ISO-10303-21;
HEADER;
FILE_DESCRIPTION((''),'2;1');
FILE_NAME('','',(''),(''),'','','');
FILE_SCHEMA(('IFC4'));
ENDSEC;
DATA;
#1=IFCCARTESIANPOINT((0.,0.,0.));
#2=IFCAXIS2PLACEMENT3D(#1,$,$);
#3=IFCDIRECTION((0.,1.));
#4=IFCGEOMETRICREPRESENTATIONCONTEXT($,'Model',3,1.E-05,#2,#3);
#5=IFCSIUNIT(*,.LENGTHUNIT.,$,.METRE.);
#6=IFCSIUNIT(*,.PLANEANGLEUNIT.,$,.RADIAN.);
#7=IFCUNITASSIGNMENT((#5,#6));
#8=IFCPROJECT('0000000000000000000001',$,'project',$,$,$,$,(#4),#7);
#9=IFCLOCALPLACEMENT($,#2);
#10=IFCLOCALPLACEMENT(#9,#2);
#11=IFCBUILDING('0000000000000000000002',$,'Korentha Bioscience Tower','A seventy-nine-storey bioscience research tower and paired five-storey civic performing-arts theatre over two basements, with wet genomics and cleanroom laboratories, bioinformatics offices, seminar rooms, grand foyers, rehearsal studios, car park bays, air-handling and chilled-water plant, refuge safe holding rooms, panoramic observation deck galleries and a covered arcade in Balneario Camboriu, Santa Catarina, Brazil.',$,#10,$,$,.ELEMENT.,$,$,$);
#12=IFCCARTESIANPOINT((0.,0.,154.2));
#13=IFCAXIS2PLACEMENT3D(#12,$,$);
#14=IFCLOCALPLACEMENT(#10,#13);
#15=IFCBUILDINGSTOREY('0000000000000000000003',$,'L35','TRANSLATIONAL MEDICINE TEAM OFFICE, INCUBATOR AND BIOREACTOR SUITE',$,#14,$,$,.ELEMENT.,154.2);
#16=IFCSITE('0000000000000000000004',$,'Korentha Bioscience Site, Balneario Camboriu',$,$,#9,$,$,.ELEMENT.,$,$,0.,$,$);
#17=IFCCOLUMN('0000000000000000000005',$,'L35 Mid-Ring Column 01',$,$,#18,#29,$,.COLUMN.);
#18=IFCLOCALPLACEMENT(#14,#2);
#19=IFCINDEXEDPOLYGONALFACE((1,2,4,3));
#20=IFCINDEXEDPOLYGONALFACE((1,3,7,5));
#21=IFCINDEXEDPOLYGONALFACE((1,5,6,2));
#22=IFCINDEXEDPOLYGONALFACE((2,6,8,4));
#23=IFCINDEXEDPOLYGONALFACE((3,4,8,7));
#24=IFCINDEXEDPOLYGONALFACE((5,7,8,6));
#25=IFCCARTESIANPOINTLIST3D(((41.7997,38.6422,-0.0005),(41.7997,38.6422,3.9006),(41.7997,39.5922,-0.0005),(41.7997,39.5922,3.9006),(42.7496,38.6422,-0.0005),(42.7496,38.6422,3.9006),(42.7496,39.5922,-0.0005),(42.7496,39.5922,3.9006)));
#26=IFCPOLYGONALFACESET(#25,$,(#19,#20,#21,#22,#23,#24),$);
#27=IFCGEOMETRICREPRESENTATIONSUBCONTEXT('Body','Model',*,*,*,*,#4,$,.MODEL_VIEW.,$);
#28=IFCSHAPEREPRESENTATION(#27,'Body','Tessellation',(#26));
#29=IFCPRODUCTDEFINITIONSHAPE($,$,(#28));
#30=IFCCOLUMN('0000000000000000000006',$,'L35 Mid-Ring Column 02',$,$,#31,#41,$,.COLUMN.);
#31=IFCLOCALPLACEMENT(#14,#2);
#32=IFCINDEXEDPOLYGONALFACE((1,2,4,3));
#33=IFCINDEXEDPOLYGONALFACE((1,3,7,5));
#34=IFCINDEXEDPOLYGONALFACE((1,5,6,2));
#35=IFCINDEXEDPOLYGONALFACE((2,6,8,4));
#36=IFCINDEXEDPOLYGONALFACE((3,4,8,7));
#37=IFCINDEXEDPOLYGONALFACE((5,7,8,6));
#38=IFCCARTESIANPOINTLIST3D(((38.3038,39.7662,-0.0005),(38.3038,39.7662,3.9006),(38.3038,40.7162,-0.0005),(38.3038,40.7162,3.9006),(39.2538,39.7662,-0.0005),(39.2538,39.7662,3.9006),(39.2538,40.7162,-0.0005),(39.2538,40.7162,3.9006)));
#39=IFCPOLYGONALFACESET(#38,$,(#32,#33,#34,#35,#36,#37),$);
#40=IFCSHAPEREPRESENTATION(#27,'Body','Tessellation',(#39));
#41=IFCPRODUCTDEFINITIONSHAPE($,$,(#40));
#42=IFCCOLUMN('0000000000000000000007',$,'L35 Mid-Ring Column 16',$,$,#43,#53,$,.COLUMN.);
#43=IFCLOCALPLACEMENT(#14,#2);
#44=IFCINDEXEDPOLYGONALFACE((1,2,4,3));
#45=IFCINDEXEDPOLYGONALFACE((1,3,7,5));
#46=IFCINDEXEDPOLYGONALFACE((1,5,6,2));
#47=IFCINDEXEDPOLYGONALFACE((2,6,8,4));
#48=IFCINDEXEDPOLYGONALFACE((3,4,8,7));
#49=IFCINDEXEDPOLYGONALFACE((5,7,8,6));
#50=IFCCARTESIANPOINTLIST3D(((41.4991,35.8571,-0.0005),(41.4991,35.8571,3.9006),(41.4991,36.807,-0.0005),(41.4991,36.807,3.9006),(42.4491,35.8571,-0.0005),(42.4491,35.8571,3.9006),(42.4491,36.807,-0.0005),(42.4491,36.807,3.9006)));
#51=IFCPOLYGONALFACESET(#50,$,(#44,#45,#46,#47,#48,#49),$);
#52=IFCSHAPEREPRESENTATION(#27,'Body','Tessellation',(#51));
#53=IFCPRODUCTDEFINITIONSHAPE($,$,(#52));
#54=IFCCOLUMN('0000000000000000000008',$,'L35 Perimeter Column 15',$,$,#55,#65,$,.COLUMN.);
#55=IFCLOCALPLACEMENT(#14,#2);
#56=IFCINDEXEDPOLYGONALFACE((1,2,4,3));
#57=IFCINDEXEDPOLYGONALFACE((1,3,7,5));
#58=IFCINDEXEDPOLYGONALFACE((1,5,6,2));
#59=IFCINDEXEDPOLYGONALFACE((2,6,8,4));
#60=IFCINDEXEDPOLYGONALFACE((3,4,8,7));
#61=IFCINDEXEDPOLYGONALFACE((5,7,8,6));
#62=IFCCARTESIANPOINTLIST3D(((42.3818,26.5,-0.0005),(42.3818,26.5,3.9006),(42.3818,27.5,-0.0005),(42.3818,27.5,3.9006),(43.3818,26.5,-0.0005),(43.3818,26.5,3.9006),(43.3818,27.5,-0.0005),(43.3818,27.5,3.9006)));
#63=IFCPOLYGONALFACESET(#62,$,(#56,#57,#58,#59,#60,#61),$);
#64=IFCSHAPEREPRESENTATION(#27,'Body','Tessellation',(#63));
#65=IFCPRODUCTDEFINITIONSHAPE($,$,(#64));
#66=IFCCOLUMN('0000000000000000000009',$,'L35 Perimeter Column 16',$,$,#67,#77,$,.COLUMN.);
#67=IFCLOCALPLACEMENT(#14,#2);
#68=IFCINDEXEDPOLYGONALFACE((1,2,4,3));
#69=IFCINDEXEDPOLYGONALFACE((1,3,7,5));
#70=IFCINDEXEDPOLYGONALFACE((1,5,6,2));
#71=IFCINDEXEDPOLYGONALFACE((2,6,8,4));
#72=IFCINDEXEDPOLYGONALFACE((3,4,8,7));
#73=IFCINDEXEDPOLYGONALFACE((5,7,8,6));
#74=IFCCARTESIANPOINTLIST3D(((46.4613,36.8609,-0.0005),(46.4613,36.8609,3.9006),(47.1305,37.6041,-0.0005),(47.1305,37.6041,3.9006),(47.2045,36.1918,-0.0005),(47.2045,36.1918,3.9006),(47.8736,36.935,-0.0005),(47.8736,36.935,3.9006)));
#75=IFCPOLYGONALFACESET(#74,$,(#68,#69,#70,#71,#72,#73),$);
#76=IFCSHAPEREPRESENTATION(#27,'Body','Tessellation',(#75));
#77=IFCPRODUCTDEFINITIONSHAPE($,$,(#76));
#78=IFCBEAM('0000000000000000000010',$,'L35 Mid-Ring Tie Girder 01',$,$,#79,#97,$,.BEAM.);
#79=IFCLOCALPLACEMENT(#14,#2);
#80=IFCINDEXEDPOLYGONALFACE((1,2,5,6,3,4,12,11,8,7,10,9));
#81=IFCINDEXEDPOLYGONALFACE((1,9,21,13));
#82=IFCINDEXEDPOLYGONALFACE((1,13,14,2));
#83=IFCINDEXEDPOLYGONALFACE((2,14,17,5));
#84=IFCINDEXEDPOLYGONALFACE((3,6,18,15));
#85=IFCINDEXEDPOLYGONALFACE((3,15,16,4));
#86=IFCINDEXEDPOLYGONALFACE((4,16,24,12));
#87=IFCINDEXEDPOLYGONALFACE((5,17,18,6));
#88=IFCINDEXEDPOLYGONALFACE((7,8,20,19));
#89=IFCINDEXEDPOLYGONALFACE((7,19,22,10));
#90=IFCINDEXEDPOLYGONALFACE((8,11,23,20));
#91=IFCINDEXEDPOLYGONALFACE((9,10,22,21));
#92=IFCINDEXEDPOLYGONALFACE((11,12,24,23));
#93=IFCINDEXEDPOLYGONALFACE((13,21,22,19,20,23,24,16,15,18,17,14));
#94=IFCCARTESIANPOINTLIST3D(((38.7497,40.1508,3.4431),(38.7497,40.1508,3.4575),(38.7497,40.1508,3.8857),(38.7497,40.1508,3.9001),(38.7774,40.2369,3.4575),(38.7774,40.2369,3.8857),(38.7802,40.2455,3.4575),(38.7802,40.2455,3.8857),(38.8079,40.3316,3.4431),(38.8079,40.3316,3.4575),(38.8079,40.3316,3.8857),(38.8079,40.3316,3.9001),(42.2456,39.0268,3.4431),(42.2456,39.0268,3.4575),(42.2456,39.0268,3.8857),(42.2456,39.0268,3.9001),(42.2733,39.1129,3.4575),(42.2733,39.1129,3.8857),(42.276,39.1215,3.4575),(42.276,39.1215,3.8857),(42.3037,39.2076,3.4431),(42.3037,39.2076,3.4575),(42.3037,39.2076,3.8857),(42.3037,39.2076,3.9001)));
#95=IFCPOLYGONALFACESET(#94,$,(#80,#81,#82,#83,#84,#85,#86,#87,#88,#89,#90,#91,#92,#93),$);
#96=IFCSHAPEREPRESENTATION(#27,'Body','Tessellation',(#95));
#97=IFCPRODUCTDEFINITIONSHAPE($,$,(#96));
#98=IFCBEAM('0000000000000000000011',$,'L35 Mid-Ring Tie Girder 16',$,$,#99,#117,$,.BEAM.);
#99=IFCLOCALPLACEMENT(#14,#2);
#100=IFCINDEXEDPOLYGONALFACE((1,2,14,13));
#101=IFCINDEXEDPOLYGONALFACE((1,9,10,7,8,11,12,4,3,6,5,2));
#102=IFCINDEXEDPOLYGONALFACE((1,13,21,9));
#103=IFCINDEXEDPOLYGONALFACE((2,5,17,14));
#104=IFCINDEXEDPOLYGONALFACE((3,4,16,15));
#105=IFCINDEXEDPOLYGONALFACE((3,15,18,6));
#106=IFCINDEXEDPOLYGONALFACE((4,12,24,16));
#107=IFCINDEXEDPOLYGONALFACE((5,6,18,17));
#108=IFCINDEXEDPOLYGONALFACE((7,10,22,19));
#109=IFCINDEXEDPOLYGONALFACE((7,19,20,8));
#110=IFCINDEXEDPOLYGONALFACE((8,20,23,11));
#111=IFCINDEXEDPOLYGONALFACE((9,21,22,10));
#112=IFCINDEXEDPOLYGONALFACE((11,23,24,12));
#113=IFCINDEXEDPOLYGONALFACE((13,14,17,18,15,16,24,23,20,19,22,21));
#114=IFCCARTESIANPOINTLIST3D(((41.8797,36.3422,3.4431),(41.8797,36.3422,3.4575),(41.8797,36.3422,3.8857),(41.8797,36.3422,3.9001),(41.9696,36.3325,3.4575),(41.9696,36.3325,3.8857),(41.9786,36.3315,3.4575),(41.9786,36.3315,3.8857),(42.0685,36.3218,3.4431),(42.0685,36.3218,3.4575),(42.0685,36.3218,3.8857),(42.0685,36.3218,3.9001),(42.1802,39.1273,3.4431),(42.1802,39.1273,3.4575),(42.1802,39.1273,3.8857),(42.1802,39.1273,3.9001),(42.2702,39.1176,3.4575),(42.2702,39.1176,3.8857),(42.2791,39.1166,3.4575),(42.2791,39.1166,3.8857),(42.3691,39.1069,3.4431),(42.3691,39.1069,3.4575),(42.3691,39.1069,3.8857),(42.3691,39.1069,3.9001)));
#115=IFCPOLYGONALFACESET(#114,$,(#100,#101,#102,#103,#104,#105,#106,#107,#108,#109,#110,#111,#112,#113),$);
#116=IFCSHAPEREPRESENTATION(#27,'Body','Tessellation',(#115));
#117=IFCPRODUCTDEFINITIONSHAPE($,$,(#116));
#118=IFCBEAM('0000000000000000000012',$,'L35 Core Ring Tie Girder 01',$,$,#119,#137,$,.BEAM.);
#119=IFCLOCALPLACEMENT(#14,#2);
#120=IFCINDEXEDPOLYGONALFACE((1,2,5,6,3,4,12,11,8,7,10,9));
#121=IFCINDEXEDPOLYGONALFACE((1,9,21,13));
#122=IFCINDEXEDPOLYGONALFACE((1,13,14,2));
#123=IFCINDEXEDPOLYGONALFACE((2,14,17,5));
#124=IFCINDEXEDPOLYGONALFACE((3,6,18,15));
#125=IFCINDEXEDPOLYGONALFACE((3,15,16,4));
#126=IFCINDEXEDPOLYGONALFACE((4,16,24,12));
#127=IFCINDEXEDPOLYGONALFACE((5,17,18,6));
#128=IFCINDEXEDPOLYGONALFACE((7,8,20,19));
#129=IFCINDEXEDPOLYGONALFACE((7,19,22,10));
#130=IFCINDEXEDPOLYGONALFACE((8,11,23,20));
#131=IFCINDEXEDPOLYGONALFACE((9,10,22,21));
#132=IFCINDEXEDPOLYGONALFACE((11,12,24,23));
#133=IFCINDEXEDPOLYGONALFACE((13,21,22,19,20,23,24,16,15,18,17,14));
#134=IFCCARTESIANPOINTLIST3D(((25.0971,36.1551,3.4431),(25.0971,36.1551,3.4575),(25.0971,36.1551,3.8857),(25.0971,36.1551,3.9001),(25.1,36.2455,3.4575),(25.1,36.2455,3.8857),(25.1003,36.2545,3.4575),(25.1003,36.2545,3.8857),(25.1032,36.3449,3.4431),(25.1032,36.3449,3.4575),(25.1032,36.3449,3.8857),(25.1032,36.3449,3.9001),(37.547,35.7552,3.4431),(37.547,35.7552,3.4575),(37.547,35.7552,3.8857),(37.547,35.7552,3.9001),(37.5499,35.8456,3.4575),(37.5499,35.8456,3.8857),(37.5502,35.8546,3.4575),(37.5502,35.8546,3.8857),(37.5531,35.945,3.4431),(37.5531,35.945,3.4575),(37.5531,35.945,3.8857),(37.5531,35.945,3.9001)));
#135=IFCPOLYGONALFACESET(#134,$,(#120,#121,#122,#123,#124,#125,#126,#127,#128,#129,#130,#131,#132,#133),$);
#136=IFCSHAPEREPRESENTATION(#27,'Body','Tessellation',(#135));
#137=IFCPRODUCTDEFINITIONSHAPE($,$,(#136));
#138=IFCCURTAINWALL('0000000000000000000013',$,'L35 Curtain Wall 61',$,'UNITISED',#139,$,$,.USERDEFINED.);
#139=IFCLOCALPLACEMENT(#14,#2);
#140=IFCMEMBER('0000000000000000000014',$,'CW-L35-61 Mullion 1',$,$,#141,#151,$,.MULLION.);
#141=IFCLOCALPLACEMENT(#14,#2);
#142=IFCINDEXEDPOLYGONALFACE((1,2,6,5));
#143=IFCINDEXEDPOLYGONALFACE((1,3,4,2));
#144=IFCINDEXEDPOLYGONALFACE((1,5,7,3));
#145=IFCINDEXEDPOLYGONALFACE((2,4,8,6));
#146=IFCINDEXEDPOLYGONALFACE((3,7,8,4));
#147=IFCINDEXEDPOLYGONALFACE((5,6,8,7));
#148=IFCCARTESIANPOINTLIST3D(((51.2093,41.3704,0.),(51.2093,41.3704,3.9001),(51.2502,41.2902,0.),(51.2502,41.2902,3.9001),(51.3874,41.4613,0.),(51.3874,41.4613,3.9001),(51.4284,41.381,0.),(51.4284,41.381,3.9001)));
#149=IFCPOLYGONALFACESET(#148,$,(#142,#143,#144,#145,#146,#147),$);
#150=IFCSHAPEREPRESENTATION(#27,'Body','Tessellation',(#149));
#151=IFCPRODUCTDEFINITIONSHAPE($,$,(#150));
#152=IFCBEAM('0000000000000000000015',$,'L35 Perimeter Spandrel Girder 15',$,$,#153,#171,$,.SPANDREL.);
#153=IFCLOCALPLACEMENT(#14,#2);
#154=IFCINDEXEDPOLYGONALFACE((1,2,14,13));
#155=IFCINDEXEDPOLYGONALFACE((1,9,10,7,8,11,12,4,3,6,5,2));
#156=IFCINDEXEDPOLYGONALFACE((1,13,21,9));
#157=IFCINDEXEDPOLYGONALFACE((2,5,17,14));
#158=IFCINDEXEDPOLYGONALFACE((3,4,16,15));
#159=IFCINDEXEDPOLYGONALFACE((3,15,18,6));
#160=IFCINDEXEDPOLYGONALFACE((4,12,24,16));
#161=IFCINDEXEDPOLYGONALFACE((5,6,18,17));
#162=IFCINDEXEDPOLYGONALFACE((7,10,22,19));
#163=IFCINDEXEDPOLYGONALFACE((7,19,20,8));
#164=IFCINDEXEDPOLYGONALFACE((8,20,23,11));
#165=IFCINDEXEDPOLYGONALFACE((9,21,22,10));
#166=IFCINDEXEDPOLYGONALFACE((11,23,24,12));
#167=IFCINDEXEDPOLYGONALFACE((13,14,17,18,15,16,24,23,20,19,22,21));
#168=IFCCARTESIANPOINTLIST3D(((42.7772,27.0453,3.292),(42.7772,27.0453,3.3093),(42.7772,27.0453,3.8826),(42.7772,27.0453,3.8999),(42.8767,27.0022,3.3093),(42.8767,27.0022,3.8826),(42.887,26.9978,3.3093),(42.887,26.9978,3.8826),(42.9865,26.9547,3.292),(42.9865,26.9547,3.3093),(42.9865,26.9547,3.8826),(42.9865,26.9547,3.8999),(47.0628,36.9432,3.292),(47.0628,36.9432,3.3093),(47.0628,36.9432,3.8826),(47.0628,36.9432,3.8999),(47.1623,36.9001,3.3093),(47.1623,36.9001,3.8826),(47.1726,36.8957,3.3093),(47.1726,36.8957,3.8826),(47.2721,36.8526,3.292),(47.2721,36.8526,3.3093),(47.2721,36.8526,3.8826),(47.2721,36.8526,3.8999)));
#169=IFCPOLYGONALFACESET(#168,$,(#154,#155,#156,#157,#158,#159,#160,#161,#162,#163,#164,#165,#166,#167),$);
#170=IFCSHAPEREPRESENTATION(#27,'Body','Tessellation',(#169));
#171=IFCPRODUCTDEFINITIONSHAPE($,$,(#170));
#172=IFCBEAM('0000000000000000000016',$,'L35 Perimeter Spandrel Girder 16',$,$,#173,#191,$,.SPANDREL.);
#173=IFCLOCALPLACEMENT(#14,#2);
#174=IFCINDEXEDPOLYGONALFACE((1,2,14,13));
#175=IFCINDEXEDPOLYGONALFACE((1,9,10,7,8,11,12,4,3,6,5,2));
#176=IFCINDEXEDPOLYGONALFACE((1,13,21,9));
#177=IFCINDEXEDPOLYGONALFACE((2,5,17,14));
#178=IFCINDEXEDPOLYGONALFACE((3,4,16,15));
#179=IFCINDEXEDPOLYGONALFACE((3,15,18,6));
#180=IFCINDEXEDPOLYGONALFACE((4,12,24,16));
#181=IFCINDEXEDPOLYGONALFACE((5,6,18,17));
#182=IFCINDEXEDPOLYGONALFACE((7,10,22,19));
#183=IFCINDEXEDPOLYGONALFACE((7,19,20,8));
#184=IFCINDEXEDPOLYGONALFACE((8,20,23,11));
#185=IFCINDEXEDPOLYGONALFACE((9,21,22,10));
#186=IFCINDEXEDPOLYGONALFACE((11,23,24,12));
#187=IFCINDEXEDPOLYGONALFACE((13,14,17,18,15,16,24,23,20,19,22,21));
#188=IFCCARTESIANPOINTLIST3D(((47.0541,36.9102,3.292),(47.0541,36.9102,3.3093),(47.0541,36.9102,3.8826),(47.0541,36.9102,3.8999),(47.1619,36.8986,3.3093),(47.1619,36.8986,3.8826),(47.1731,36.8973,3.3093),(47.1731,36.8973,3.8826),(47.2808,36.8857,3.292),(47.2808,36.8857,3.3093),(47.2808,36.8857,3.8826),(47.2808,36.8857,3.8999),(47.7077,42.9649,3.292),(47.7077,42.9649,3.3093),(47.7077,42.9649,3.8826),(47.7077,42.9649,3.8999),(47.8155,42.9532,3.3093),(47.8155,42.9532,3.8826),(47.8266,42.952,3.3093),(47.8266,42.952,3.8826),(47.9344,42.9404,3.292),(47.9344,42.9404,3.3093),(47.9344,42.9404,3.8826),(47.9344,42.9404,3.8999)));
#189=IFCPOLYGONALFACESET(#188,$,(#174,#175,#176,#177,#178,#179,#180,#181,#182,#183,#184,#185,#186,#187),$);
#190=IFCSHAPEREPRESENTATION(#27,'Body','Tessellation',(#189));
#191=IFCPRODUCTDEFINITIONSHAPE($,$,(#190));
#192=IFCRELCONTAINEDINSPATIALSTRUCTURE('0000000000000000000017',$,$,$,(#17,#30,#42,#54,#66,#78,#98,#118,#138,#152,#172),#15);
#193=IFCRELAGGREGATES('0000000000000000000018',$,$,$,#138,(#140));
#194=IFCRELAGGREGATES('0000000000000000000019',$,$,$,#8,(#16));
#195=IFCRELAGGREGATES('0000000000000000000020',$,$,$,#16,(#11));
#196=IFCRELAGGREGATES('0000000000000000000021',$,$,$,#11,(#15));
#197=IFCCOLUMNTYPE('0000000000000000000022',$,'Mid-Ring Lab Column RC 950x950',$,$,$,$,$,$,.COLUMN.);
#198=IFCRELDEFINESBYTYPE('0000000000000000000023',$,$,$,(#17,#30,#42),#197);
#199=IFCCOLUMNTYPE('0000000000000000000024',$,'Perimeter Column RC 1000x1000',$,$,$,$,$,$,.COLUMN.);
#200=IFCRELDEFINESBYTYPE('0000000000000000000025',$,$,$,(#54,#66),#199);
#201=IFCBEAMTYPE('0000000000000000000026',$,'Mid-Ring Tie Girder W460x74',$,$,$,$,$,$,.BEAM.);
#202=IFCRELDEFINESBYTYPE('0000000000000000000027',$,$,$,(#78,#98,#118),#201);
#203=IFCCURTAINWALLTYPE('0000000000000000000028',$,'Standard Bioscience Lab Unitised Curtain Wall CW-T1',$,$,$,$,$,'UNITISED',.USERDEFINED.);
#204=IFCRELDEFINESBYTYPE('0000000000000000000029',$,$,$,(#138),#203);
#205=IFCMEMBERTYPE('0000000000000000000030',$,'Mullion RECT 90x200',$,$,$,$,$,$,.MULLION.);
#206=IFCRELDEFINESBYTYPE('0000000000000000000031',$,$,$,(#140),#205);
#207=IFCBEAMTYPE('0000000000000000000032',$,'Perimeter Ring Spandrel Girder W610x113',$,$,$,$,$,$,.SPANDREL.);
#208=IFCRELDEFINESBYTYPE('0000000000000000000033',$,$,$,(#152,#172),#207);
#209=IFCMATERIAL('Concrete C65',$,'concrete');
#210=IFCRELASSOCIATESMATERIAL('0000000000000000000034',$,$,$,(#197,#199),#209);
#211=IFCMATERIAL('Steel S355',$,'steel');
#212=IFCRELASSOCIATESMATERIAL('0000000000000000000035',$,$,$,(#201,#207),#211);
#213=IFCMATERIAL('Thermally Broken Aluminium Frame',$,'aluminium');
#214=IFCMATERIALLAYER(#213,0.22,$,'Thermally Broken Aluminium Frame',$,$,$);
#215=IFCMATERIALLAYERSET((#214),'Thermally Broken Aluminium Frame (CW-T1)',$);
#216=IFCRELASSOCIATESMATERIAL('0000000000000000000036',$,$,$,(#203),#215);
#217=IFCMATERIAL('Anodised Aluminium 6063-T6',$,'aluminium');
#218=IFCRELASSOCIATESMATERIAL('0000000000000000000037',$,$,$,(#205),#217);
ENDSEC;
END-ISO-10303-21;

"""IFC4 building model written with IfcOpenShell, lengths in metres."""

from ifc_helpers import new_model, si_unit, direction, frame, origin, origin_2d, place, context, subcontext, project, spatial, rectangle, i_section, extrude, material, layer, layer_set, material_profile, profile_set, type_object, element, aggregate, save


model = new_model("IFC4")

# Units and contexts
model_context = context("Model", 3, precision=1e-05, world=origin(), true_north=direction((0.0, 1.0)))
body_context = subcontext(model_context, "Body", "Model", "MODEL_VIEW")
ifc_project = project(units=[si_unit("LENGTHUNIT", "METRE"), si_unit("PLANEANGLEUNIT", "RADIAN")], contexts=[model_context])

# Site, building, storey
site_placement = place(None, origin())
site = spatial("IfcSite", under=ifc_project, at=site_placement, Name="Korentha Bioscience Site, Balneario Camboriu", CompositionType="ELEMENT", RefElevation=0.0)
building_placement = place(site_placement, origin())
building = spatial("IfcBuilding", under=site, at=building_placement, Name="Korentha Bioscience Tower", Description="A seventy-nine-storey bioscience research tower and paired five-storey civic performing-arts theatre over two basements, with wet genomics and cleanroom laboratories, bioinformatics offices, seminar rooms, grand foyers, rehearsal studios, car park bays, air-handling and chilled-water plant, refuge safe holding rooms, panoramic observation deck galleries and a covered arcade in Balneario Camboriu, Santa Catarina, Brazil.", CompositionType="ELEMENT")
storey_placement = place(building_placement, frame((0.0, 0.0, 154.2)))
storey = spatial("IfcBuildingStorey", under=building, at=storey_placement, Name="L35", Description="TRANSLATIONAL MEDICINE TEAM OFFICE, INCUBATOR AND BIOREACTOR SUITE", CompositionType="ELEMENT", Elevation=154.2)

# Columns
ifc_material_1 = material(Name="Concrete C65", Category="concrete")
ifc_material_profile_1 = material_profile(ifc_material_1, rectangle(XDim=0.95, YDim=0.95, at=origin_2d()), Name="Concrete C65")
ifc_profile_set_1 = profile_set([ifc_material_profile_1], Name="Concrete C65 (COL-MR09)")
column_type_1 = type_object("IfcColumnType", Name="Mid-Ring Lab Column RC 950x950", PredefinedType="COLUMN", material=ifc_profile_set_1)
for number, where, z_axis, x_axis, name in (
    (1, (42.2747, 39.1172, -0.0005), (0.0, 0.0, 1.0), (1.0, 0.0, 0.0), "L35 Mid-Ring Column 01"),
    (2, (38.7788, 40.2412, -0.0005), (0.0, 0.0, 1.0), (1.0, 0.0, 0.0), "L35 Mid-Ring Column 02"),
    (3, (41.9741, 36.332, -0.0005), (0.0, 0.0, 1.0), (1.0, 0.0, 0.0), "L35 Mid-Ring Column 16"),
):
    element("IfcColumn", number, at=place(storey_placement, frame(where, z_axis=z_axis, x_axis=x_axis)), inside=storey, type_object=column_type_1, Name=name, PredefinedType="COLUMN", context=body_context, shape_type="SweptSolid", body=[
        extrude(rectangle(XDim=0.95, YDim=0.95, at=origin_2d()), origin(), (0.0, 0.0, 1.0), 3.9011),
    ])
ifc_material_profile_2 = material_profile(ifc_material_1, rectangle(XDim=1.0, YDim=1.0, at=origin_2d()), Name="Concrete C65")
ifc_profile_set_2 = profile_set([ifc_material_profile_2], Name="Concrete C65 (COL-P10)")
column_type_2 = type_object("IfcColumnType", Name="Perimeter Column RC 1000x1000", PredefinedType="COLUMN", material=ifc_profile_set_2)
for number, where, z_axis, x_axis, name in (
    (4, (42.8818, 27.0, -0.0005), (0.0, 0.0, 1.0), (0.0, 1.0, 0.0), "L35 Perimeter Column 15"),
    (5, (47.1675, 36.8979, -0.0005), (0.0, 0.0, 1.0), (0.669131, 0.743145, 0.0), "L35 Perimeter Column 16"),
):
    element("IfcColumn", number, at=place(storey_placement, frame(where, z_axis=z_axis, x_axis=x_axis)), inside=storey, type_object=column_type_2, Name=name, PredefinedType="COLUMN", context=body_context, shape_type="SweptSolid", body=[
        extrude(rectangle(XDim=1.0, YDim=1.0, at=origin_2d()), origin(), (0.0, 0.0, 1.0), 3.9011),
    ])

# Beams
ifc_material_2 = material(Name="Steel S355", Category="steel")
ifc_material_profile_3 = material_profile(ifc_material_2, i_section(OverallWidth=0.1899, OverallDepth=0.457, WebThickness=0.009, FlangeThickness=0.0144, at=origin_2d()), Name="Steel S355")
ifc_profile_set_3 = profile_set([ifc_material_profile_3], Name="Steel S355 (MB-460)")
beam_type_1 = type_object("IfcBeamType", Name="Mid-Ring Tie Girder W460x74", PredefinedType="BEAM", material=ifc_profile_set_3)
beam_1_placement = place(storey_placement, frame((42.2747, 39.1172, 3.6716), z_axis=(-0.952, 0.306097, 0.0), x_axis=(-0.306097, -0.952, 0.0)))
element("IfcBeam", 6, at=beam_1_placement, inside=storey, type_object=beam_type_1, Name="L35 Mid-Ring Tie Girder 01", PredefinedType="BEAM", context=body_context, shape_type="SweptSolid", body=[
    extrude(i_section(OverallWidth=0.1899, OverallDepth=0.457, WebThickness=0.009, FlangeThickness=0.0144, at=origin_2d()), origin(), (0.0, 0.0, 1.0), 3.6721),
])
beam_2_placement = place(storey_placement, frame((41.9741, 36.332, 3.6716), z_axis=(0.107284, 0.994228, 0.0), x_axis=(-0.994228, 0.107284, 0.0)))
element("IfcBeam", 7, at=beam_2_placement, inside=storey, type_object=beam_type_1, Name="L35 Mid-Ring Tie Girder 16", PredefinedType="BEAM", context=body_context, shape_type="SweptSolid", body=[
    extrude(i_section(OverallWidth=0.1899, OverallDepth=0.457, WebThickness=0.009, FlangeThickness=0.0144, at=origin_2d()), origin(), (0.0, 0.0, 1.0), 2.8013),
])
beam_3_placement = place(storey_placement, frame((37.55, 35.8501, 3.6716), z_axis=(-0.999485, 0.032104, 0.0), x_axis=(-0.032104, -0.999485, 0.0)))
element("IfcBeam", 8, at=beam_3_placement, inside=storey, type_object=beam_type_1, Name="L35 Core Ring Tie Girder 01", PredefinedType="BEAM", context=body_context, shape_type="SweptSolid", body=[
    extrude(i_section(OverallWidth=0.1899, OverallDepth=0.457, WebThickness=0.009, FlangeThickness=0.0144, at=origin_2d()), origin(), (0.0, 0.0, 1.0), 12.4563),
])

# Curtain wall, member
ifc_material_3 = material(Name="Thermally Broken Aluminium Frame", Category="aluminium")
ifc_layer_1 = layer(ifc_material_3, 0.22, Name="Thermally Broken Aluminium Frame")
ifc_layer_set_1 = layer_set([ifc_layer_1], Name="Thermally Broken Aluminium Frame (CW-T1)")
curtain_wall_type = type_object("IfcCurtainWallType", Name="Standard Bioscience Lab Unitised Curtain Wall CW-T1", ElementType="UNITISED", PredefinedType="USERDEFINED", material=ifc_layer_set_1)
curtain_wall_placement = place(storey_placement, origin())
curtain_wall = element("IfcCurtainWall", 9, at=curtain_wall_placement, inside=storey, type_object=curtain_wall_type, Name="L35 Curtain Wall 61", ObjectType="UNITISED", PredefinedType="USERDEFINED")
ifc_material_4 = material(Name="Anodised Aluminium 6063-T6", Category="aluminium")
ifc_material_profile_4 = material_profile(ifc_material_4, rectangle(XDim=0.0901, YDim=0.2, at=origin_2d()), Name="Anodised Aluminium 6063-T6")
ifc_profile_set_4 = profile_set([ifc_material_profile_4], Name="Anodised Aluminium 6063-T6 (CW-MUL)")
member_type_1 = type_object("IfcMemberType", Name="Mullion RECT 90x200", PredefinedType="MULLION", material=ifc_profile_set_4)
member_1_placement = place(storey_placement, frame((51.3188, 41.3757, 0.0), z_axis=(0.0, 0.0, 1.0), x_axis=(-0.454288, 0.890855, 0.0)))
member_1 = element("IfcMember", 10, at=member_1_placement, type_object=member_type_1, Name="CW-L35-61 Mullion 1", PredefinedType="MULLION", context=body_context, shape_type="SweptSolid", body=[
    extrude(rectangle(XDim=0.0901, YDim=0.2, at=origin_2d()), origin(), (0.0, 0.0, 1.0), 3.9001),
])

# Beams
ifc_material_profile_5 = material_profile(ifc_material_2, i_section(OverallWidth=0.228, OverallDepth=0.6079, WebThickness=0.0112, FlangeThickness=0.0173, at=origin_2d()), Name="Steel S355")
ifc_profile_set_5 = profile_set([ifc_material_profile_5], Name="Steel S355 (SB-610)")
beam_type_2 = type_object("IfcBeamType", Name="Perimeter Ring Spandrel Girder W610x113", PredefinedType="SPANDREL", material=ifc_profile_set_5)
beam_4_placement = place(storey_placement, frame((42.8818, 27.0, 3.5959), z_axis=(0.397337, 0.917673, 0.0), x_axis=(-0.917673, 0.397337, 0.0)))
element("IfcBeam", 11, at=beam_4_placement, inside=storey, type_object=beam_type_2, Name="L35 Perimeter Spandrel Girder 15", PredefinedType="SPANDREL", context=body_context, shape_type="SweptSolid", body=[
    extrude(i_section(OverallWidth=0.228, OverallDepth=0.6079, WebThickness=0.0112, FlangeThickness=0.0173, at=origin_2d()), origin(), (0.0, 0.0, 1.0), 10.7859),
])
beam_5_placement = place(storey_placement, frame((47.1675, 36.8979, 3.5959), z_axis=(0.10732, 0.994225, 0.0), x_axis=(-0.994225, 0.10732, 0.0)))
element("IfcBeam", 12, at=beam_5_placement, inside=storey, type_object=beam_type_2, Name="L35 Perimeter Spandrel Girder 16", PredefinedType="SPANDREL", context=body_context, shape_type="SweptSolid", body=[
    extrude(i_section(OverallWidth=0.228, OverallDepth=0.6079, WebThickness=0.0112, FlangeThickness=0.0173, at=origin_2d()), origin(), (0.0, 0.0, 1.0), 6.0898),
])

aggregate(curtain_wall, [member_1])

save(model, "model.ifc")
